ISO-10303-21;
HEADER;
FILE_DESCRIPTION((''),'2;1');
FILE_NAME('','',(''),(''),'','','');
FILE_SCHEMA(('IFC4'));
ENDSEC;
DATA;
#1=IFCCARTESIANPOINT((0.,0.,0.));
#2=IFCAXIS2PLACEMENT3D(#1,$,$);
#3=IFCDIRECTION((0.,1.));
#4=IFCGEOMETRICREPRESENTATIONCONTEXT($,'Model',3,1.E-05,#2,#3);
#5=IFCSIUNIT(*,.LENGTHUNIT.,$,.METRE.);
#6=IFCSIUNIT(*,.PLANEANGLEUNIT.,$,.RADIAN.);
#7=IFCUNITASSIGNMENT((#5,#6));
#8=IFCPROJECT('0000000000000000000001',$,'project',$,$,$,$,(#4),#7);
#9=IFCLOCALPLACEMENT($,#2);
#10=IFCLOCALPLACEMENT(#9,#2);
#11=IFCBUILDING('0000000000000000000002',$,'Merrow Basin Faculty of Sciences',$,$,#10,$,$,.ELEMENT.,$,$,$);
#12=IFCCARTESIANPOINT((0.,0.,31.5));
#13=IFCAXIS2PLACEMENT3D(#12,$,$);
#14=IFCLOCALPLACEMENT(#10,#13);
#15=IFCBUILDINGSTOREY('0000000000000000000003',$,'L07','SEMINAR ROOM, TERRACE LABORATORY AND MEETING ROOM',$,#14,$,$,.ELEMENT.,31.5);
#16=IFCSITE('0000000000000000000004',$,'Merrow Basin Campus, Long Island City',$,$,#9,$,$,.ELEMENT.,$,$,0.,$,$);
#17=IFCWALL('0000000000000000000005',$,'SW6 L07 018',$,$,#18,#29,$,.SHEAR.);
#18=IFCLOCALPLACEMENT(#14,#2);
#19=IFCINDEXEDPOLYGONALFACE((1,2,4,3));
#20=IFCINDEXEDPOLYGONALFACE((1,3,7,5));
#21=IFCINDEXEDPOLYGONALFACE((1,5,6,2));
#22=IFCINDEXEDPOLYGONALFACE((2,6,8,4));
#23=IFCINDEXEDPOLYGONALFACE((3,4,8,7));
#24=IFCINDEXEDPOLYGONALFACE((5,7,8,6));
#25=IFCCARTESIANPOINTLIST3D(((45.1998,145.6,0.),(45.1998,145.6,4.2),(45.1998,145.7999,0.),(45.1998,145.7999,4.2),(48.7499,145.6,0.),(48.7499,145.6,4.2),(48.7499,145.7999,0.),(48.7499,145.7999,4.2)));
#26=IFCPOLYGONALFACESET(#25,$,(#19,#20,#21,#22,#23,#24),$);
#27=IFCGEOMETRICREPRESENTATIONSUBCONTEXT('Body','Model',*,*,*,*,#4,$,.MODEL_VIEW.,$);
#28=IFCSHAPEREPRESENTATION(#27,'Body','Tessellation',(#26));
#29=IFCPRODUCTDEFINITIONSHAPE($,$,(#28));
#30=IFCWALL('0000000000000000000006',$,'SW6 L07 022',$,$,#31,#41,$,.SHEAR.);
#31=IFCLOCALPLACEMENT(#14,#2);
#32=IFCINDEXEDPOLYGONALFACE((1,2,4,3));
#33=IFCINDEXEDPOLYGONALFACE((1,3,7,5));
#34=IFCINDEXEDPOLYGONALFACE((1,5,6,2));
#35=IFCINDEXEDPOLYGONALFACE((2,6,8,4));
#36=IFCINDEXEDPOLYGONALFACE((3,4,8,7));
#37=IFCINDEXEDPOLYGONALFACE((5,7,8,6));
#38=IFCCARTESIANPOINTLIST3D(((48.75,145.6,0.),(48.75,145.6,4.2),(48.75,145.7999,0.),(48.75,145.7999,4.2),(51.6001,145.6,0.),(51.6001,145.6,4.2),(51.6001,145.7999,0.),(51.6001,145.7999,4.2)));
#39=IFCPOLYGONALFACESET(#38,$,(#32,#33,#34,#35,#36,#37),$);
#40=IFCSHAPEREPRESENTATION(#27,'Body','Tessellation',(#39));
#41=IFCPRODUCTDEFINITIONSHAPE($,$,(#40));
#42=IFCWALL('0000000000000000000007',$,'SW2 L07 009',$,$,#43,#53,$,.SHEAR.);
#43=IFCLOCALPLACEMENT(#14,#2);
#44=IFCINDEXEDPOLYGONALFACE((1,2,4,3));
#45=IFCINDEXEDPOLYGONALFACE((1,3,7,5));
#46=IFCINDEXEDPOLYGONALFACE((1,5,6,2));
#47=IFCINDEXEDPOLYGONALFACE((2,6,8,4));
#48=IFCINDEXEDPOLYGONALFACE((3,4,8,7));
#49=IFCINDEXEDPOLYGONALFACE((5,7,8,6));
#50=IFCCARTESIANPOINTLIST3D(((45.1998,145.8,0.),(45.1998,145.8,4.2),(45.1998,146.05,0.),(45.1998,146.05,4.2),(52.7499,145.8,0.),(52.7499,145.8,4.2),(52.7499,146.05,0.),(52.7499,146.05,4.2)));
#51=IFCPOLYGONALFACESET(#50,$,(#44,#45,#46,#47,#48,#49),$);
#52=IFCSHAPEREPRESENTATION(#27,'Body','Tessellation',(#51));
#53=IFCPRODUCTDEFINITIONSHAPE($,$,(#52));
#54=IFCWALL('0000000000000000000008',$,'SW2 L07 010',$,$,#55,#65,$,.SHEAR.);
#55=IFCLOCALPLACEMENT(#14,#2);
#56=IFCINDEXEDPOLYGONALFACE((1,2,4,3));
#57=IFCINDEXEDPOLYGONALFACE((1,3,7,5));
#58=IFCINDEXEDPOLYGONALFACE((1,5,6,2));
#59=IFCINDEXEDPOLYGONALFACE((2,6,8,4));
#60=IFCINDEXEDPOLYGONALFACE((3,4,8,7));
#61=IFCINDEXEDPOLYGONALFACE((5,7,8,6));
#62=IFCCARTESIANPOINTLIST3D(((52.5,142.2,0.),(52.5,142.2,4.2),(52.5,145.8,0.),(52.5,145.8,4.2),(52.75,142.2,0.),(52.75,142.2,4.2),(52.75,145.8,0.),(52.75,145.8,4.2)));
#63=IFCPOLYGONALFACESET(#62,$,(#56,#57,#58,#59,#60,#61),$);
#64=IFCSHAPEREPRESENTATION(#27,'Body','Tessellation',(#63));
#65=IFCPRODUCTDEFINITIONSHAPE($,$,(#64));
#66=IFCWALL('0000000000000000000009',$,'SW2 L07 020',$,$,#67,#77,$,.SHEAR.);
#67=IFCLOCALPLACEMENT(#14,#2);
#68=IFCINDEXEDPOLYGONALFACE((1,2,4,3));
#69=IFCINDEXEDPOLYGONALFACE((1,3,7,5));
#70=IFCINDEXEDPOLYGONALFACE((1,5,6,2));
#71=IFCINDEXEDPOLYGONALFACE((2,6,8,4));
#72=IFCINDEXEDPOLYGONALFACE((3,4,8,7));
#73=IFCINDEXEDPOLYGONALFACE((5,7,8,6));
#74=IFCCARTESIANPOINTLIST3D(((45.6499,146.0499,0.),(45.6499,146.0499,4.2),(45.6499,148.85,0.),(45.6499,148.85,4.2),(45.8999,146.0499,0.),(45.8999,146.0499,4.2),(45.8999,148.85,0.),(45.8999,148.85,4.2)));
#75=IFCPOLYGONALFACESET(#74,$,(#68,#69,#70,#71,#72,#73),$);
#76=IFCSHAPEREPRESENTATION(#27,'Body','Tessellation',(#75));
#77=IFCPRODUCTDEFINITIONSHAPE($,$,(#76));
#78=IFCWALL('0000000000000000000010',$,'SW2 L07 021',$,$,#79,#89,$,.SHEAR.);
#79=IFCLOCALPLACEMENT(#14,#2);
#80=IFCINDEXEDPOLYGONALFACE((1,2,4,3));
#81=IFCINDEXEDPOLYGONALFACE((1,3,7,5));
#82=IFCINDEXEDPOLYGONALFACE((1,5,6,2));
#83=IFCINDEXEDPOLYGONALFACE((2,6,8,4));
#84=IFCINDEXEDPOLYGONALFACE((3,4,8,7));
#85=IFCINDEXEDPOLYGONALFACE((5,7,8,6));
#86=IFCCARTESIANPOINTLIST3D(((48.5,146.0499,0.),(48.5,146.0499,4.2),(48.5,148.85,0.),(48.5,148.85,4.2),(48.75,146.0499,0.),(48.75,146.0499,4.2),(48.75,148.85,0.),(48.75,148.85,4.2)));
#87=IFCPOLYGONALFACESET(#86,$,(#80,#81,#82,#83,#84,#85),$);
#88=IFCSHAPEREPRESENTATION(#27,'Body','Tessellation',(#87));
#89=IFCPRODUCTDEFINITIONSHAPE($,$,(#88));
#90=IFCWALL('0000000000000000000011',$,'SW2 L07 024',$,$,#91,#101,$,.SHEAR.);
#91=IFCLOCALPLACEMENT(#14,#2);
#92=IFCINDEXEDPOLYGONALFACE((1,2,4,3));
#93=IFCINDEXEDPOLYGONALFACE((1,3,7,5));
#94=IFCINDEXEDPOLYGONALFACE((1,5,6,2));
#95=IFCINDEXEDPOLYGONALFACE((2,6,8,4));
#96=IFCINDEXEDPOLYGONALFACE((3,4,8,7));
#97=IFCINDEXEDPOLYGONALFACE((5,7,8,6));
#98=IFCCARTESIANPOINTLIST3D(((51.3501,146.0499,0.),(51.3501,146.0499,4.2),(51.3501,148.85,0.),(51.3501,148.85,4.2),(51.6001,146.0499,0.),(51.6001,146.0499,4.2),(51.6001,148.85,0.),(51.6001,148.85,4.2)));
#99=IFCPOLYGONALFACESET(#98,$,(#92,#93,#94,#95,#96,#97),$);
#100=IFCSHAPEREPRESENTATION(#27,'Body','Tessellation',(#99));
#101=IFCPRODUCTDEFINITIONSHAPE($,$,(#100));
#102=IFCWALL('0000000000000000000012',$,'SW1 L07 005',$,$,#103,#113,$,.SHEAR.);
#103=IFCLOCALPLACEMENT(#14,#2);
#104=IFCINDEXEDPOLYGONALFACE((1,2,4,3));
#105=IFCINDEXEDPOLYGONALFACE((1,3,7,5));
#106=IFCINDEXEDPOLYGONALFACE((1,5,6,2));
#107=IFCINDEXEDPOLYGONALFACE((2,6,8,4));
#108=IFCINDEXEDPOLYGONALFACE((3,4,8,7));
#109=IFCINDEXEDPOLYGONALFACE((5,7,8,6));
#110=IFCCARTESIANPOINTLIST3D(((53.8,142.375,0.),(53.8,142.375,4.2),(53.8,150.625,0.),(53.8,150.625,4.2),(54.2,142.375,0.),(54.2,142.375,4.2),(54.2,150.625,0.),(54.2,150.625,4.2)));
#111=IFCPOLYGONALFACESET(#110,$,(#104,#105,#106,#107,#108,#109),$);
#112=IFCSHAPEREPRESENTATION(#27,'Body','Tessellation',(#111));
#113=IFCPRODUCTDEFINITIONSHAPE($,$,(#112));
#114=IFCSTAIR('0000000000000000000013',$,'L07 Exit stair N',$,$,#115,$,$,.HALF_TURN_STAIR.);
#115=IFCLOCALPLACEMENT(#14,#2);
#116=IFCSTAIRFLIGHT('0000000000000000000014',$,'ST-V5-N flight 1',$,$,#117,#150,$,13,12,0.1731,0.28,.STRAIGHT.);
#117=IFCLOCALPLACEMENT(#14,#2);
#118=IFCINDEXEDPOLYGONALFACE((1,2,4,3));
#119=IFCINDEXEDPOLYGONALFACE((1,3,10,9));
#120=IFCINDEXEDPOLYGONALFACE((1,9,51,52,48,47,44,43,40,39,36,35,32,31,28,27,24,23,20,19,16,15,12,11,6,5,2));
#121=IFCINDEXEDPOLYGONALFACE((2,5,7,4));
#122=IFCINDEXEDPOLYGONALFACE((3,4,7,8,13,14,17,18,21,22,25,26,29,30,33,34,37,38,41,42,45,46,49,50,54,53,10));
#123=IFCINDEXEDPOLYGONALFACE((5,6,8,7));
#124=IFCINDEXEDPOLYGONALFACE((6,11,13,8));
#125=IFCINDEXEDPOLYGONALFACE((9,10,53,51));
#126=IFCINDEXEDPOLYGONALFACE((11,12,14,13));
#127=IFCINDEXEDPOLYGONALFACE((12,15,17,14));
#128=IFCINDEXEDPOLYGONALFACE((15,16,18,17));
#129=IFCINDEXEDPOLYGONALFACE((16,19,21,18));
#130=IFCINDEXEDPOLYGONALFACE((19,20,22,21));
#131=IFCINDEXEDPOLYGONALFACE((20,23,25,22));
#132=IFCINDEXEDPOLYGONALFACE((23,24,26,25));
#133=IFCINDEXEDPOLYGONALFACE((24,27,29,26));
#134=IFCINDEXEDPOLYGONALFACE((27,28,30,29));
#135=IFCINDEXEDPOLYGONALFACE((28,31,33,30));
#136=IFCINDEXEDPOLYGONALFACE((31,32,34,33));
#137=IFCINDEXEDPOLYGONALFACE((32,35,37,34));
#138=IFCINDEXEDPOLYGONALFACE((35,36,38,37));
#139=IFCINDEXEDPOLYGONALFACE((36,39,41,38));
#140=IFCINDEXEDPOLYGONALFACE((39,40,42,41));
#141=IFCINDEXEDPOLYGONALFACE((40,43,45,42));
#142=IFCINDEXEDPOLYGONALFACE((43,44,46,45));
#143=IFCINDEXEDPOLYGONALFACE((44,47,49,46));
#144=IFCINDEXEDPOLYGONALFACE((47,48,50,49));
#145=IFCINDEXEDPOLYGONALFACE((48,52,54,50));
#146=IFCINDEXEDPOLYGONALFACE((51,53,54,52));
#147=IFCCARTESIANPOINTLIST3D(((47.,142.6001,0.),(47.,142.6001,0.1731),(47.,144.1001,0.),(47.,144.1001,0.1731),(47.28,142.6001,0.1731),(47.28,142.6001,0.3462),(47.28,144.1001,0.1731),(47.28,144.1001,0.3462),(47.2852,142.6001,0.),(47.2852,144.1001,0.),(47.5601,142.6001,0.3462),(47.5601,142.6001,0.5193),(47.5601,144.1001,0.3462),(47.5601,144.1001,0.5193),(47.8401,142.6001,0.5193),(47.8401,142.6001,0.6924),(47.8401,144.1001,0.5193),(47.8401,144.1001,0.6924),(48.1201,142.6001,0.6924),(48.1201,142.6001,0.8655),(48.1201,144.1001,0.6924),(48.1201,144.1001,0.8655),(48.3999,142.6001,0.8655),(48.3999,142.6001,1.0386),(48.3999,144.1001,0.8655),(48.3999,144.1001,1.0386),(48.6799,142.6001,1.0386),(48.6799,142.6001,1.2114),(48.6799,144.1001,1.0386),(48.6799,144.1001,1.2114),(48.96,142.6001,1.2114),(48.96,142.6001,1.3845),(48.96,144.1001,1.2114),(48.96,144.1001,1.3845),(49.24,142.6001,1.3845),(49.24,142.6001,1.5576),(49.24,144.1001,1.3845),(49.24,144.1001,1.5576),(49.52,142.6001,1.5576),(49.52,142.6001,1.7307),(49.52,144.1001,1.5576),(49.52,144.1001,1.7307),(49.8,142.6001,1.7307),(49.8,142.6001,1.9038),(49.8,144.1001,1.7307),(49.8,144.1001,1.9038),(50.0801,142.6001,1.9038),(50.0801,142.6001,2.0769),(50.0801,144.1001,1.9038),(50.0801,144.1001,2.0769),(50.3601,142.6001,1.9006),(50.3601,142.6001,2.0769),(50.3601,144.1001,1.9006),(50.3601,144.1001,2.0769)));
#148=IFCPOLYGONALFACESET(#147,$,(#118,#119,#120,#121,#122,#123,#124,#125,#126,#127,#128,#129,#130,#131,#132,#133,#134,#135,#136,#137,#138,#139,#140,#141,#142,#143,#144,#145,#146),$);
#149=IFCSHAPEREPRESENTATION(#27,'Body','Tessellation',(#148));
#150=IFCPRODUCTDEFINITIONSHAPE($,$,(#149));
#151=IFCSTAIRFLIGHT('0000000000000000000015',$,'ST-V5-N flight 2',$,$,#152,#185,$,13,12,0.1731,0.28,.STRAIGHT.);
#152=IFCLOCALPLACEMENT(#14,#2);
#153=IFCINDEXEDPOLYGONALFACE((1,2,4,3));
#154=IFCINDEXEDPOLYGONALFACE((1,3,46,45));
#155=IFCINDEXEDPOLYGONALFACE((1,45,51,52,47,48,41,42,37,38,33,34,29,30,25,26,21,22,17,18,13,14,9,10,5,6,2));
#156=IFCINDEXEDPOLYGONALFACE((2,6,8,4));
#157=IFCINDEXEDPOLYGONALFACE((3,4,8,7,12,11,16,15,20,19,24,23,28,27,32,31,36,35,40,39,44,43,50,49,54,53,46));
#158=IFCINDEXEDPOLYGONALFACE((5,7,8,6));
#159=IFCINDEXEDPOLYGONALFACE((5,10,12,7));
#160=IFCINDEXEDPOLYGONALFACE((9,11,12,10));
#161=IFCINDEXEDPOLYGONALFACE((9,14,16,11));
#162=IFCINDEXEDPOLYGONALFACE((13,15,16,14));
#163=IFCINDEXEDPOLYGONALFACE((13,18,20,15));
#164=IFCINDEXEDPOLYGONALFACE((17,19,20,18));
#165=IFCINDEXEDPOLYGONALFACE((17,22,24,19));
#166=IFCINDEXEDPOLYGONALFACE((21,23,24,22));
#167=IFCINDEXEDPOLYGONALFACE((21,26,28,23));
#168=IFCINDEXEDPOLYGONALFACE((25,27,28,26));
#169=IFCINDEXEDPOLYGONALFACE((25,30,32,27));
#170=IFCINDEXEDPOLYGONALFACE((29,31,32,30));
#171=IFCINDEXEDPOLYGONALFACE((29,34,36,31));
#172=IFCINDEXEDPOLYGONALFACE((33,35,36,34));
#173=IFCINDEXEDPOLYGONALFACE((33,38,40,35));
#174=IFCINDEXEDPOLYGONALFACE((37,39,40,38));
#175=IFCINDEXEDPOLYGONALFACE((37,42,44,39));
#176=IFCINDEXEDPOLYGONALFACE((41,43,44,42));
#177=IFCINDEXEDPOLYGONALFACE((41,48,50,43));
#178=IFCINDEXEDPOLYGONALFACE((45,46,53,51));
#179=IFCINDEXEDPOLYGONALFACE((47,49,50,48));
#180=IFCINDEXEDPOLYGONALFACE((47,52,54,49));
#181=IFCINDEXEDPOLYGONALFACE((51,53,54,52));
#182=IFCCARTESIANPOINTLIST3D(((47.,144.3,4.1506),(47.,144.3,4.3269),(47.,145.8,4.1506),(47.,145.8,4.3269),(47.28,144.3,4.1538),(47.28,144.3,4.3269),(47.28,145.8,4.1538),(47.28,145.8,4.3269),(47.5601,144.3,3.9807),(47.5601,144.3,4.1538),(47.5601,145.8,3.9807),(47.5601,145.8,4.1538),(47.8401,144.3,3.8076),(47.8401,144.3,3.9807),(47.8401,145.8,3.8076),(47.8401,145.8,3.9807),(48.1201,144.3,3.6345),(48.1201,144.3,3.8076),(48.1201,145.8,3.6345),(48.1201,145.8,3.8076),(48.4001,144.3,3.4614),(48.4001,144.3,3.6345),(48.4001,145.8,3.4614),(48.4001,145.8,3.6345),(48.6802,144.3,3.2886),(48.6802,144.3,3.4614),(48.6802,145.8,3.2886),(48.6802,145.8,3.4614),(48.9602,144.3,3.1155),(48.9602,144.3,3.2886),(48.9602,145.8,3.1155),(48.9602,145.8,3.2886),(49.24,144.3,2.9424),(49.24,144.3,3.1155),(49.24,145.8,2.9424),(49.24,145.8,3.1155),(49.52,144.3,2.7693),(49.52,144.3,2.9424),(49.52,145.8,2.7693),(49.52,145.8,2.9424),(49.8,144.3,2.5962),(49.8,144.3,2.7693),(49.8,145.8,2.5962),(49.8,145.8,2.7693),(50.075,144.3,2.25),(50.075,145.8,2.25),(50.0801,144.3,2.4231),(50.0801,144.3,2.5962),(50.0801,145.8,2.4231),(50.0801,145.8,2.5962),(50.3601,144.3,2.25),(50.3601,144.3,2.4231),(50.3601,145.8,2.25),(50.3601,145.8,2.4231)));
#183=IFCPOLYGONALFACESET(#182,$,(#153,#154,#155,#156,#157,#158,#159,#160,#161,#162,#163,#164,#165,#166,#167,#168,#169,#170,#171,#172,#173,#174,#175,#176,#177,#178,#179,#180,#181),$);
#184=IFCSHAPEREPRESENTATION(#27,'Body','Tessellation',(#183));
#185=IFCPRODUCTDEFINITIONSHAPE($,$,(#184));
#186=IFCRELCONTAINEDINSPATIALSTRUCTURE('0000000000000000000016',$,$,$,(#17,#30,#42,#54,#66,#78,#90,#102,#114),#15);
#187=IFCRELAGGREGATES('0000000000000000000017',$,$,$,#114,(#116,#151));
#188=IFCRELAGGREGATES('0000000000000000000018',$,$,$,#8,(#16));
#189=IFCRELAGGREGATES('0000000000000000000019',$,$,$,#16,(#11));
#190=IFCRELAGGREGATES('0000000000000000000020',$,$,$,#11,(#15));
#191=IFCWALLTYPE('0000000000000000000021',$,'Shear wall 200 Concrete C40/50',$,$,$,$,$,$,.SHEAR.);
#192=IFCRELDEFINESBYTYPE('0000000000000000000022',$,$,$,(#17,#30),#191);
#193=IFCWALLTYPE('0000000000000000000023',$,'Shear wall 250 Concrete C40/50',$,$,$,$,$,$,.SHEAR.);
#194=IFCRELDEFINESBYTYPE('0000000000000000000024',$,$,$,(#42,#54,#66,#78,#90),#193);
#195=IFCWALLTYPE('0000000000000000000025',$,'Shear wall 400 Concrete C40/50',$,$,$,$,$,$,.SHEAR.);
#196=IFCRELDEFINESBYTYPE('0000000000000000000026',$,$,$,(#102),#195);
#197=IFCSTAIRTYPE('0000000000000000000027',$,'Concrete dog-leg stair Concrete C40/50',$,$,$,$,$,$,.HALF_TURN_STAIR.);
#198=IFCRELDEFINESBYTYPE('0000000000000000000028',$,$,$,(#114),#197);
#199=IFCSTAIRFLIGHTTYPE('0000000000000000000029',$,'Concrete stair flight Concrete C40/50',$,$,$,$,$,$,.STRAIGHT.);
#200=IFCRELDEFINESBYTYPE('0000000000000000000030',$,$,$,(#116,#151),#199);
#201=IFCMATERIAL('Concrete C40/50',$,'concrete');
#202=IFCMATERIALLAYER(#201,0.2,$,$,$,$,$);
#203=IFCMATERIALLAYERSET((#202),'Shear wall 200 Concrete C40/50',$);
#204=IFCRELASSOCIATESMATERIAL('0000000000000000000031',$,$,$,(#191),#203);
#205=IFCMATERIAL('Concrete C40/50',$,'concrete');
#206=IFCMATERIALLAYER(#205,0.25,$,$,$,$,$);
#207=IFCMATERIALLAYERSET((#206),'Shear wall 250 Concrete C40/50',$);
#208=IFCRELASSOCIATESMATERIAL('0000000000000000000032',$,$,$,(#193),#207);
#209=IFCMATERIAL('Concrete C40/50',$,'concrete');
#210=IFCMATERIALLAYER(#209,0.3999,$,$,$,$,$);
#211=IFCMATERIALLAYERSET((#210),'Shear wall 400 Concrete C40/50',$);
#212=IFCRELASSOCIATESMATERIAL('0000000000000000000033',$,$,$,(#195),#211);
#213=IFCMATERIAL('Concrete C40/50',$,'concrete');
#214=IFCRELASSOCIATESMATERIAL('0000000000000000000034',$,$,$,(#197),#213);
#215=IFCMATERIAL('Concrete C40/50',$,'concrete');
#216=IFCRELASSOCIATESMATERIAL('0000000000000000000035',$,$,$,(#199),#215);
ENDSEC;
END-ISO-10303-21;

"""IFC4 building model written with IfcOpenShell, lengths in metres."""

from ifc_helpers import new_model, si_unit, direction, frame, frame_2d, origin, place, context, subcontext, project, spatial, polyline, rectangle, outline, extrude, material, layer, layer_set, type_object, element, aggregate, save


model = new_model("IFC4")

# Units and contexts
model_context = context("Model", 3, precision=1e-05, world=origin(), true_north=direction((0.0, 1.0)))
body_context = subcontext(model_context, "Body", "Model", "MODEL_VIEW")
ifc_project = project(units=[si_unit("LENGTHUNIT", "METRE"), si_unit("PLANEANGLEUNIT", "RADIAN")], contexts=[model_context])

# Site, building, storey
site_placement = place(None, origin())
site = spatial("IfcSite", under=ifc_project, at=site_placement, Name="Merrow Basin Campus, Long Island City", CompositionType="ELEMENT", RefElevation=0.0)
building_placement = place(site_placement, origin())
building = spatial("IfcBuilding", under=site, at=building_placement, Name="Merrow Basin Faculty of Sciences", CompositionType="ELEMENT")
storey_placement = place(building_placement, frame((0.0, 0.0, 31.5)))
storey = spatial("IfcBuildingStorey", under=building, at=storey_placement, Name="L07", Description="SEMINAR ROOM, TERRACE LABORATORY AND MEETING ROOM", CompositionType="ELEMENT", Elevation=31.5)

# Walls
ifc_material_1 = material(Name="Concrete C40/50", Category="concrete")
ifc_layer_1 = layer(ifc_material_1, 0.2)
ifc_layer_set_1 = layer_set([ifc_layer_1], Name="Shear wall 200 Concrete C40/50")
wall_type_1 = type_object("IfcWallType", Name="Shear wall 200 Concrete C40/50", PredefinedType="SHEAR", material=ifc_layer_set_1)
wall_1_placement = place(storey_placement, frame((45.2, 145.7, 0.0), z_axis=(0.0, 0.0, 1.0), x_axis=(1.0, 0.0, 0.0)))
element("IfcWall", 1, at=wall_1_placement, inside=storey, type_object=wall_type_1, Name="SW6 L07 018", PredefinedType="SHEAR", context=body_context, shape_type="SweptSolid", body=[
    extrude(rectangle(XDim=3.55, YDim=0.2, at=frame_2d((1.7749, 0.0))), origin(), (0.0, 0.0, 1.0), 4.2),
])
wall_2_placement = place(storey_placement, frame((48.75, 145.7, 0.0), z_axis=(0.0, 0.0, 1.0), x_axis=(1.0, 0.0, 0.0)))
element("IfcWall", 2, at=wall_2_placement, inside=storey, type_object=wall_type_1, Name="SW6 L07 022", PredefinedType="SHEAR", context=body_context, shape_type="SweptSolid", body=[
    extrude(rectangle(XDim=2.8501, YDim=0.2, at=frame_2d((1.425, 0.0))), origin(), (0.0, 0.0, 1.0), 4.2),
])
ifc_material_2 = material(Name="Concrete C40/50", Category="concrete")
ifc_layer_2 = layer(ifc_material_2, 0.25)
ifc_layer_set_2 = layer_set([ifc_layer_2], Name="Shear wall 250 Concrete C40/50")
wall_type_2 = type_object("IfcWallType", Name="Shear wall 250 Concrete C40/50", PredefinedType="SHEAR", material=ifc_layer_set_2)
wall_3_placement = place(storey_placement, frame((45.2, 145.925, 0.0), z_axis=(0.0, 0.0, 1.0), x_axis=(1.0, 0.0, 0.0)))
element("IfcWall", 3, at=wall_3_placement, inside=storey, type_object=wall_type_2, Name="SW2 L07 009", PredefinedType="SHEAR", context=body_context, shape_type="SweptSolid", body=[
    extrude(rectangle(XDim=7.55, YDim=0.25, at=frame_2d((3.7749, 0.0))), origin(), (0.0, 0.0, 1.0), 4.2),
])
wall_4_placement = place(storey_placement, frame((52.625, 142.2, 0.0), z_axis=(0.0, 0.0, 1.0), x_axis=(0.0, 1.0, 0.0)))
element("IfcWall", 4, at=wall_4_placement, inside=storey, type_object=wall_type_2, Name="SW2 L07 010", PredefinedType="SHEAR", context=body_context, shape_type="SweptSolid", body=[
    extrude(rectangle(XDim=3.6001, YDim=0.25, at=frame_2d((1.8, 0.0))), origin(), (0.0, 0.0, 1.0), 4.2),
])
for number, where, z_axis, x_axis, name in (
    (5, (45.7749, 146.05, 0.0), (0.0, 0.0, 1.0), (0.0, 1.0, 0.0), "SW2 L07 020"),
    (6, (48.625, 146.05, 0.0), (0.0, 0.0, 1.0), (0.0, 1.0, 0.0), "SW2 L07 021"),
    (7, (51.4751, 146.05, 0.0), (0.0, 0.0, 1.0), (0.0, 1.0, 0.0), "SW2 L07 024"),
):
    element("IfcWall", number, at=place(storey_placement, frame(where, z_axis=z_axis, x_axis=x_axis)), inside=storey, type_object=wall_type_2, Name=name, PredefinedType="SHEAR", context=body_context, shape_type="SweptSolid", body=[
        extrude(rectangle(XDim=2.8, YDim=0.25, at=frame_2d((1.3999, 0.0))), origin(), (0.0, 0.0, 1.0), 4.2),
    ])
ifc_material_3 = material(Name="Concrete C40/50", Category="concrete")
ifc_layer_3 = layer(ifc_material_3, 0.3999)
ifc_layer_set_3 = layer_set([ifc_layer_3], Name="Shear wall 400 Concrete C40/50")
wall_type_3 = type_object("IfcWallType", Name="Shear wall 400 Concrete C40/50", PredefinedType="SHEAR", material=ifc_layer_set_3)
wall_5_placement = place(storey_placement, frame((54.0, 142.375, 0.0), z_axis=(0.0, 0.0, 1.0), x_axis=(0.0, 1.0, 0.0)))
element("IfcWall", 8, at=wall_5_placement, inside=storey, type_object=wall_type_3, Name="SW1 L07 005", PredefinedType="SHEAR", context=body_context, shape_type="SweptSolid", body=[
    extrude(rectangle(XDim=8.25, YDim=0.3999, at=frame_2d((4.125, 0.0))), origin(), (0.0, 0.0, 1.0), 4.2),
])

# Stair, stair flights
ifc_material_4 = material(Name="Concrete C40/50", Category="concrete")
stair_type = type_object("IfcStairType", Name="Concrete dog-leg stair Concrete C40/50", PredefinedType="HALF_TURN_STAIR", material=ifc_material_4)
stair_placement = place(storey_placement, origin())
stair = element("IfcStair", 9, at=stair_placement, inside=storey, type_object=stair_type, Name="L07 Exit stair N", PredefinedType="HALF_TURN_STAIR")
ifc_material_5 = material(Name="Concrete C40/50", Category="concrete")
stair_flight_type = type_object("IfcStairFlightType", Name="Concrete stair flight Concrete C40/50", PredefinedType="STRAIGHT", material=ifc_material_5)
stair_flight_1_placement = place(storey_placement, frame((47.0, 143.3501, 0.0), z_axis=(0.0, 0.0, 1.0), x_axis=(1.0, 0.0, 0.0)))
stair_flight_1 = element("IfcStairFlight", 10, at=stair_flight_1_placement, type_object=stair_flight_type, Name="ST-V5-N flight 1", NumberOfRisers=13, NumberOfTreads=12, PredefinedType="STRAIGHT", RiserHeight=0.1731, TreadLength=0.28, context=body_context, shape_type="SweptSolid", body=[
    extrude(outline(polyline([(0.0, 0.0), (0.0, 0.1731), (0.28, 0.1731), (0.28, 0.3462), (0.5601, 0.3462), (0.5601, 0.5193), (0.8401, 0.5193), (0.8401, 0.6924), (1.1201, 0.6924), (1.1201, 0.8655), (1.3999, 0.8655), (1.3999, 1.0386), (1.6799, 1.0386), (1.6799, 1.2114), (1.96, 1.2114), (1.96, 1.3845), (2.24, 1.3845), (2.24, 1.5576), (2.52, 1.5576), (2.52, 1.7307), (2.8, 1.7307), (2.8, 1.9038), (3.0801, 1.9038), (3.0801, 2.0769), (3.3601, 2.0769), (3.3601, 2.25), (3.3601, 1.9006), (0.2852, 0.0), (0.0, 0.0)])), frame((0.0, 0.75, 0.0), z_axis=(0.0, -1.0, 0.0), x_axis=(1.0, 0.0, 0.0)), (0.0, 0.0, 1.0), 1.5),
])
stair_flight_2_placement = place(storey_placement, frame((50.3601, 145.05, 2.25), z_axis=(0.0, 0.0, 1.0), x_axis=(-1.0, 0.0, 0.0)))
stair_flight_2 = element("IfcStairFlight", 11, at=stair_flight_2_placement, type_object=stair_flight_type, Name="ST-V5-N flight 2", NumberOfRisers=13, NumberOfTreads=12, PredefinedType="STRAIGHT", RiserHeight=0.1731, TreadLength=0.28, context=body_context, shape_type="SweptSolid", body=[
    extrude(outline(polyline([(0.0, 0.0), (0.0, 0.1731), (0.28, 0.1731), (0.28, 0.3462), (0.5601, 0.3462), (0.5601, 0.5193), (0.8401, 0.5193), (0.8401, 0.6924), (1.1201, 0.6924), (1.1201, 0.8655), (1.3999, 0.8655), (1.3999, 1.0386), (1.6799, 1.0386), (1.6799, 1.2114), (1.96, 1.2114), (1.96, 1.3845), (2.24, 1.3845), (2.24, 1.5576), (2.52, 1.5576), (2.52, 1.7307), (2.8, 1.7307), (2.8, 1.9038), (3.0801, 1.9038), (3.0801, 2.0769), (3.3601, 2.0769), (3.3601, 2.25), (3.3601, 1.9006), (0.2852, 0.0), (0.0, 0.0)])), frame((0.0, 0.75, 0.0), z_axis=(0.0, -1.0, 0.0), x_axis=(1.0, 0.0, 0.0)), (0.0, 0.0, 1.0), 1.5),
])
aggregate(stair, [stair_flight_1, stair_flight_2])

save(model, "model.ifc")
